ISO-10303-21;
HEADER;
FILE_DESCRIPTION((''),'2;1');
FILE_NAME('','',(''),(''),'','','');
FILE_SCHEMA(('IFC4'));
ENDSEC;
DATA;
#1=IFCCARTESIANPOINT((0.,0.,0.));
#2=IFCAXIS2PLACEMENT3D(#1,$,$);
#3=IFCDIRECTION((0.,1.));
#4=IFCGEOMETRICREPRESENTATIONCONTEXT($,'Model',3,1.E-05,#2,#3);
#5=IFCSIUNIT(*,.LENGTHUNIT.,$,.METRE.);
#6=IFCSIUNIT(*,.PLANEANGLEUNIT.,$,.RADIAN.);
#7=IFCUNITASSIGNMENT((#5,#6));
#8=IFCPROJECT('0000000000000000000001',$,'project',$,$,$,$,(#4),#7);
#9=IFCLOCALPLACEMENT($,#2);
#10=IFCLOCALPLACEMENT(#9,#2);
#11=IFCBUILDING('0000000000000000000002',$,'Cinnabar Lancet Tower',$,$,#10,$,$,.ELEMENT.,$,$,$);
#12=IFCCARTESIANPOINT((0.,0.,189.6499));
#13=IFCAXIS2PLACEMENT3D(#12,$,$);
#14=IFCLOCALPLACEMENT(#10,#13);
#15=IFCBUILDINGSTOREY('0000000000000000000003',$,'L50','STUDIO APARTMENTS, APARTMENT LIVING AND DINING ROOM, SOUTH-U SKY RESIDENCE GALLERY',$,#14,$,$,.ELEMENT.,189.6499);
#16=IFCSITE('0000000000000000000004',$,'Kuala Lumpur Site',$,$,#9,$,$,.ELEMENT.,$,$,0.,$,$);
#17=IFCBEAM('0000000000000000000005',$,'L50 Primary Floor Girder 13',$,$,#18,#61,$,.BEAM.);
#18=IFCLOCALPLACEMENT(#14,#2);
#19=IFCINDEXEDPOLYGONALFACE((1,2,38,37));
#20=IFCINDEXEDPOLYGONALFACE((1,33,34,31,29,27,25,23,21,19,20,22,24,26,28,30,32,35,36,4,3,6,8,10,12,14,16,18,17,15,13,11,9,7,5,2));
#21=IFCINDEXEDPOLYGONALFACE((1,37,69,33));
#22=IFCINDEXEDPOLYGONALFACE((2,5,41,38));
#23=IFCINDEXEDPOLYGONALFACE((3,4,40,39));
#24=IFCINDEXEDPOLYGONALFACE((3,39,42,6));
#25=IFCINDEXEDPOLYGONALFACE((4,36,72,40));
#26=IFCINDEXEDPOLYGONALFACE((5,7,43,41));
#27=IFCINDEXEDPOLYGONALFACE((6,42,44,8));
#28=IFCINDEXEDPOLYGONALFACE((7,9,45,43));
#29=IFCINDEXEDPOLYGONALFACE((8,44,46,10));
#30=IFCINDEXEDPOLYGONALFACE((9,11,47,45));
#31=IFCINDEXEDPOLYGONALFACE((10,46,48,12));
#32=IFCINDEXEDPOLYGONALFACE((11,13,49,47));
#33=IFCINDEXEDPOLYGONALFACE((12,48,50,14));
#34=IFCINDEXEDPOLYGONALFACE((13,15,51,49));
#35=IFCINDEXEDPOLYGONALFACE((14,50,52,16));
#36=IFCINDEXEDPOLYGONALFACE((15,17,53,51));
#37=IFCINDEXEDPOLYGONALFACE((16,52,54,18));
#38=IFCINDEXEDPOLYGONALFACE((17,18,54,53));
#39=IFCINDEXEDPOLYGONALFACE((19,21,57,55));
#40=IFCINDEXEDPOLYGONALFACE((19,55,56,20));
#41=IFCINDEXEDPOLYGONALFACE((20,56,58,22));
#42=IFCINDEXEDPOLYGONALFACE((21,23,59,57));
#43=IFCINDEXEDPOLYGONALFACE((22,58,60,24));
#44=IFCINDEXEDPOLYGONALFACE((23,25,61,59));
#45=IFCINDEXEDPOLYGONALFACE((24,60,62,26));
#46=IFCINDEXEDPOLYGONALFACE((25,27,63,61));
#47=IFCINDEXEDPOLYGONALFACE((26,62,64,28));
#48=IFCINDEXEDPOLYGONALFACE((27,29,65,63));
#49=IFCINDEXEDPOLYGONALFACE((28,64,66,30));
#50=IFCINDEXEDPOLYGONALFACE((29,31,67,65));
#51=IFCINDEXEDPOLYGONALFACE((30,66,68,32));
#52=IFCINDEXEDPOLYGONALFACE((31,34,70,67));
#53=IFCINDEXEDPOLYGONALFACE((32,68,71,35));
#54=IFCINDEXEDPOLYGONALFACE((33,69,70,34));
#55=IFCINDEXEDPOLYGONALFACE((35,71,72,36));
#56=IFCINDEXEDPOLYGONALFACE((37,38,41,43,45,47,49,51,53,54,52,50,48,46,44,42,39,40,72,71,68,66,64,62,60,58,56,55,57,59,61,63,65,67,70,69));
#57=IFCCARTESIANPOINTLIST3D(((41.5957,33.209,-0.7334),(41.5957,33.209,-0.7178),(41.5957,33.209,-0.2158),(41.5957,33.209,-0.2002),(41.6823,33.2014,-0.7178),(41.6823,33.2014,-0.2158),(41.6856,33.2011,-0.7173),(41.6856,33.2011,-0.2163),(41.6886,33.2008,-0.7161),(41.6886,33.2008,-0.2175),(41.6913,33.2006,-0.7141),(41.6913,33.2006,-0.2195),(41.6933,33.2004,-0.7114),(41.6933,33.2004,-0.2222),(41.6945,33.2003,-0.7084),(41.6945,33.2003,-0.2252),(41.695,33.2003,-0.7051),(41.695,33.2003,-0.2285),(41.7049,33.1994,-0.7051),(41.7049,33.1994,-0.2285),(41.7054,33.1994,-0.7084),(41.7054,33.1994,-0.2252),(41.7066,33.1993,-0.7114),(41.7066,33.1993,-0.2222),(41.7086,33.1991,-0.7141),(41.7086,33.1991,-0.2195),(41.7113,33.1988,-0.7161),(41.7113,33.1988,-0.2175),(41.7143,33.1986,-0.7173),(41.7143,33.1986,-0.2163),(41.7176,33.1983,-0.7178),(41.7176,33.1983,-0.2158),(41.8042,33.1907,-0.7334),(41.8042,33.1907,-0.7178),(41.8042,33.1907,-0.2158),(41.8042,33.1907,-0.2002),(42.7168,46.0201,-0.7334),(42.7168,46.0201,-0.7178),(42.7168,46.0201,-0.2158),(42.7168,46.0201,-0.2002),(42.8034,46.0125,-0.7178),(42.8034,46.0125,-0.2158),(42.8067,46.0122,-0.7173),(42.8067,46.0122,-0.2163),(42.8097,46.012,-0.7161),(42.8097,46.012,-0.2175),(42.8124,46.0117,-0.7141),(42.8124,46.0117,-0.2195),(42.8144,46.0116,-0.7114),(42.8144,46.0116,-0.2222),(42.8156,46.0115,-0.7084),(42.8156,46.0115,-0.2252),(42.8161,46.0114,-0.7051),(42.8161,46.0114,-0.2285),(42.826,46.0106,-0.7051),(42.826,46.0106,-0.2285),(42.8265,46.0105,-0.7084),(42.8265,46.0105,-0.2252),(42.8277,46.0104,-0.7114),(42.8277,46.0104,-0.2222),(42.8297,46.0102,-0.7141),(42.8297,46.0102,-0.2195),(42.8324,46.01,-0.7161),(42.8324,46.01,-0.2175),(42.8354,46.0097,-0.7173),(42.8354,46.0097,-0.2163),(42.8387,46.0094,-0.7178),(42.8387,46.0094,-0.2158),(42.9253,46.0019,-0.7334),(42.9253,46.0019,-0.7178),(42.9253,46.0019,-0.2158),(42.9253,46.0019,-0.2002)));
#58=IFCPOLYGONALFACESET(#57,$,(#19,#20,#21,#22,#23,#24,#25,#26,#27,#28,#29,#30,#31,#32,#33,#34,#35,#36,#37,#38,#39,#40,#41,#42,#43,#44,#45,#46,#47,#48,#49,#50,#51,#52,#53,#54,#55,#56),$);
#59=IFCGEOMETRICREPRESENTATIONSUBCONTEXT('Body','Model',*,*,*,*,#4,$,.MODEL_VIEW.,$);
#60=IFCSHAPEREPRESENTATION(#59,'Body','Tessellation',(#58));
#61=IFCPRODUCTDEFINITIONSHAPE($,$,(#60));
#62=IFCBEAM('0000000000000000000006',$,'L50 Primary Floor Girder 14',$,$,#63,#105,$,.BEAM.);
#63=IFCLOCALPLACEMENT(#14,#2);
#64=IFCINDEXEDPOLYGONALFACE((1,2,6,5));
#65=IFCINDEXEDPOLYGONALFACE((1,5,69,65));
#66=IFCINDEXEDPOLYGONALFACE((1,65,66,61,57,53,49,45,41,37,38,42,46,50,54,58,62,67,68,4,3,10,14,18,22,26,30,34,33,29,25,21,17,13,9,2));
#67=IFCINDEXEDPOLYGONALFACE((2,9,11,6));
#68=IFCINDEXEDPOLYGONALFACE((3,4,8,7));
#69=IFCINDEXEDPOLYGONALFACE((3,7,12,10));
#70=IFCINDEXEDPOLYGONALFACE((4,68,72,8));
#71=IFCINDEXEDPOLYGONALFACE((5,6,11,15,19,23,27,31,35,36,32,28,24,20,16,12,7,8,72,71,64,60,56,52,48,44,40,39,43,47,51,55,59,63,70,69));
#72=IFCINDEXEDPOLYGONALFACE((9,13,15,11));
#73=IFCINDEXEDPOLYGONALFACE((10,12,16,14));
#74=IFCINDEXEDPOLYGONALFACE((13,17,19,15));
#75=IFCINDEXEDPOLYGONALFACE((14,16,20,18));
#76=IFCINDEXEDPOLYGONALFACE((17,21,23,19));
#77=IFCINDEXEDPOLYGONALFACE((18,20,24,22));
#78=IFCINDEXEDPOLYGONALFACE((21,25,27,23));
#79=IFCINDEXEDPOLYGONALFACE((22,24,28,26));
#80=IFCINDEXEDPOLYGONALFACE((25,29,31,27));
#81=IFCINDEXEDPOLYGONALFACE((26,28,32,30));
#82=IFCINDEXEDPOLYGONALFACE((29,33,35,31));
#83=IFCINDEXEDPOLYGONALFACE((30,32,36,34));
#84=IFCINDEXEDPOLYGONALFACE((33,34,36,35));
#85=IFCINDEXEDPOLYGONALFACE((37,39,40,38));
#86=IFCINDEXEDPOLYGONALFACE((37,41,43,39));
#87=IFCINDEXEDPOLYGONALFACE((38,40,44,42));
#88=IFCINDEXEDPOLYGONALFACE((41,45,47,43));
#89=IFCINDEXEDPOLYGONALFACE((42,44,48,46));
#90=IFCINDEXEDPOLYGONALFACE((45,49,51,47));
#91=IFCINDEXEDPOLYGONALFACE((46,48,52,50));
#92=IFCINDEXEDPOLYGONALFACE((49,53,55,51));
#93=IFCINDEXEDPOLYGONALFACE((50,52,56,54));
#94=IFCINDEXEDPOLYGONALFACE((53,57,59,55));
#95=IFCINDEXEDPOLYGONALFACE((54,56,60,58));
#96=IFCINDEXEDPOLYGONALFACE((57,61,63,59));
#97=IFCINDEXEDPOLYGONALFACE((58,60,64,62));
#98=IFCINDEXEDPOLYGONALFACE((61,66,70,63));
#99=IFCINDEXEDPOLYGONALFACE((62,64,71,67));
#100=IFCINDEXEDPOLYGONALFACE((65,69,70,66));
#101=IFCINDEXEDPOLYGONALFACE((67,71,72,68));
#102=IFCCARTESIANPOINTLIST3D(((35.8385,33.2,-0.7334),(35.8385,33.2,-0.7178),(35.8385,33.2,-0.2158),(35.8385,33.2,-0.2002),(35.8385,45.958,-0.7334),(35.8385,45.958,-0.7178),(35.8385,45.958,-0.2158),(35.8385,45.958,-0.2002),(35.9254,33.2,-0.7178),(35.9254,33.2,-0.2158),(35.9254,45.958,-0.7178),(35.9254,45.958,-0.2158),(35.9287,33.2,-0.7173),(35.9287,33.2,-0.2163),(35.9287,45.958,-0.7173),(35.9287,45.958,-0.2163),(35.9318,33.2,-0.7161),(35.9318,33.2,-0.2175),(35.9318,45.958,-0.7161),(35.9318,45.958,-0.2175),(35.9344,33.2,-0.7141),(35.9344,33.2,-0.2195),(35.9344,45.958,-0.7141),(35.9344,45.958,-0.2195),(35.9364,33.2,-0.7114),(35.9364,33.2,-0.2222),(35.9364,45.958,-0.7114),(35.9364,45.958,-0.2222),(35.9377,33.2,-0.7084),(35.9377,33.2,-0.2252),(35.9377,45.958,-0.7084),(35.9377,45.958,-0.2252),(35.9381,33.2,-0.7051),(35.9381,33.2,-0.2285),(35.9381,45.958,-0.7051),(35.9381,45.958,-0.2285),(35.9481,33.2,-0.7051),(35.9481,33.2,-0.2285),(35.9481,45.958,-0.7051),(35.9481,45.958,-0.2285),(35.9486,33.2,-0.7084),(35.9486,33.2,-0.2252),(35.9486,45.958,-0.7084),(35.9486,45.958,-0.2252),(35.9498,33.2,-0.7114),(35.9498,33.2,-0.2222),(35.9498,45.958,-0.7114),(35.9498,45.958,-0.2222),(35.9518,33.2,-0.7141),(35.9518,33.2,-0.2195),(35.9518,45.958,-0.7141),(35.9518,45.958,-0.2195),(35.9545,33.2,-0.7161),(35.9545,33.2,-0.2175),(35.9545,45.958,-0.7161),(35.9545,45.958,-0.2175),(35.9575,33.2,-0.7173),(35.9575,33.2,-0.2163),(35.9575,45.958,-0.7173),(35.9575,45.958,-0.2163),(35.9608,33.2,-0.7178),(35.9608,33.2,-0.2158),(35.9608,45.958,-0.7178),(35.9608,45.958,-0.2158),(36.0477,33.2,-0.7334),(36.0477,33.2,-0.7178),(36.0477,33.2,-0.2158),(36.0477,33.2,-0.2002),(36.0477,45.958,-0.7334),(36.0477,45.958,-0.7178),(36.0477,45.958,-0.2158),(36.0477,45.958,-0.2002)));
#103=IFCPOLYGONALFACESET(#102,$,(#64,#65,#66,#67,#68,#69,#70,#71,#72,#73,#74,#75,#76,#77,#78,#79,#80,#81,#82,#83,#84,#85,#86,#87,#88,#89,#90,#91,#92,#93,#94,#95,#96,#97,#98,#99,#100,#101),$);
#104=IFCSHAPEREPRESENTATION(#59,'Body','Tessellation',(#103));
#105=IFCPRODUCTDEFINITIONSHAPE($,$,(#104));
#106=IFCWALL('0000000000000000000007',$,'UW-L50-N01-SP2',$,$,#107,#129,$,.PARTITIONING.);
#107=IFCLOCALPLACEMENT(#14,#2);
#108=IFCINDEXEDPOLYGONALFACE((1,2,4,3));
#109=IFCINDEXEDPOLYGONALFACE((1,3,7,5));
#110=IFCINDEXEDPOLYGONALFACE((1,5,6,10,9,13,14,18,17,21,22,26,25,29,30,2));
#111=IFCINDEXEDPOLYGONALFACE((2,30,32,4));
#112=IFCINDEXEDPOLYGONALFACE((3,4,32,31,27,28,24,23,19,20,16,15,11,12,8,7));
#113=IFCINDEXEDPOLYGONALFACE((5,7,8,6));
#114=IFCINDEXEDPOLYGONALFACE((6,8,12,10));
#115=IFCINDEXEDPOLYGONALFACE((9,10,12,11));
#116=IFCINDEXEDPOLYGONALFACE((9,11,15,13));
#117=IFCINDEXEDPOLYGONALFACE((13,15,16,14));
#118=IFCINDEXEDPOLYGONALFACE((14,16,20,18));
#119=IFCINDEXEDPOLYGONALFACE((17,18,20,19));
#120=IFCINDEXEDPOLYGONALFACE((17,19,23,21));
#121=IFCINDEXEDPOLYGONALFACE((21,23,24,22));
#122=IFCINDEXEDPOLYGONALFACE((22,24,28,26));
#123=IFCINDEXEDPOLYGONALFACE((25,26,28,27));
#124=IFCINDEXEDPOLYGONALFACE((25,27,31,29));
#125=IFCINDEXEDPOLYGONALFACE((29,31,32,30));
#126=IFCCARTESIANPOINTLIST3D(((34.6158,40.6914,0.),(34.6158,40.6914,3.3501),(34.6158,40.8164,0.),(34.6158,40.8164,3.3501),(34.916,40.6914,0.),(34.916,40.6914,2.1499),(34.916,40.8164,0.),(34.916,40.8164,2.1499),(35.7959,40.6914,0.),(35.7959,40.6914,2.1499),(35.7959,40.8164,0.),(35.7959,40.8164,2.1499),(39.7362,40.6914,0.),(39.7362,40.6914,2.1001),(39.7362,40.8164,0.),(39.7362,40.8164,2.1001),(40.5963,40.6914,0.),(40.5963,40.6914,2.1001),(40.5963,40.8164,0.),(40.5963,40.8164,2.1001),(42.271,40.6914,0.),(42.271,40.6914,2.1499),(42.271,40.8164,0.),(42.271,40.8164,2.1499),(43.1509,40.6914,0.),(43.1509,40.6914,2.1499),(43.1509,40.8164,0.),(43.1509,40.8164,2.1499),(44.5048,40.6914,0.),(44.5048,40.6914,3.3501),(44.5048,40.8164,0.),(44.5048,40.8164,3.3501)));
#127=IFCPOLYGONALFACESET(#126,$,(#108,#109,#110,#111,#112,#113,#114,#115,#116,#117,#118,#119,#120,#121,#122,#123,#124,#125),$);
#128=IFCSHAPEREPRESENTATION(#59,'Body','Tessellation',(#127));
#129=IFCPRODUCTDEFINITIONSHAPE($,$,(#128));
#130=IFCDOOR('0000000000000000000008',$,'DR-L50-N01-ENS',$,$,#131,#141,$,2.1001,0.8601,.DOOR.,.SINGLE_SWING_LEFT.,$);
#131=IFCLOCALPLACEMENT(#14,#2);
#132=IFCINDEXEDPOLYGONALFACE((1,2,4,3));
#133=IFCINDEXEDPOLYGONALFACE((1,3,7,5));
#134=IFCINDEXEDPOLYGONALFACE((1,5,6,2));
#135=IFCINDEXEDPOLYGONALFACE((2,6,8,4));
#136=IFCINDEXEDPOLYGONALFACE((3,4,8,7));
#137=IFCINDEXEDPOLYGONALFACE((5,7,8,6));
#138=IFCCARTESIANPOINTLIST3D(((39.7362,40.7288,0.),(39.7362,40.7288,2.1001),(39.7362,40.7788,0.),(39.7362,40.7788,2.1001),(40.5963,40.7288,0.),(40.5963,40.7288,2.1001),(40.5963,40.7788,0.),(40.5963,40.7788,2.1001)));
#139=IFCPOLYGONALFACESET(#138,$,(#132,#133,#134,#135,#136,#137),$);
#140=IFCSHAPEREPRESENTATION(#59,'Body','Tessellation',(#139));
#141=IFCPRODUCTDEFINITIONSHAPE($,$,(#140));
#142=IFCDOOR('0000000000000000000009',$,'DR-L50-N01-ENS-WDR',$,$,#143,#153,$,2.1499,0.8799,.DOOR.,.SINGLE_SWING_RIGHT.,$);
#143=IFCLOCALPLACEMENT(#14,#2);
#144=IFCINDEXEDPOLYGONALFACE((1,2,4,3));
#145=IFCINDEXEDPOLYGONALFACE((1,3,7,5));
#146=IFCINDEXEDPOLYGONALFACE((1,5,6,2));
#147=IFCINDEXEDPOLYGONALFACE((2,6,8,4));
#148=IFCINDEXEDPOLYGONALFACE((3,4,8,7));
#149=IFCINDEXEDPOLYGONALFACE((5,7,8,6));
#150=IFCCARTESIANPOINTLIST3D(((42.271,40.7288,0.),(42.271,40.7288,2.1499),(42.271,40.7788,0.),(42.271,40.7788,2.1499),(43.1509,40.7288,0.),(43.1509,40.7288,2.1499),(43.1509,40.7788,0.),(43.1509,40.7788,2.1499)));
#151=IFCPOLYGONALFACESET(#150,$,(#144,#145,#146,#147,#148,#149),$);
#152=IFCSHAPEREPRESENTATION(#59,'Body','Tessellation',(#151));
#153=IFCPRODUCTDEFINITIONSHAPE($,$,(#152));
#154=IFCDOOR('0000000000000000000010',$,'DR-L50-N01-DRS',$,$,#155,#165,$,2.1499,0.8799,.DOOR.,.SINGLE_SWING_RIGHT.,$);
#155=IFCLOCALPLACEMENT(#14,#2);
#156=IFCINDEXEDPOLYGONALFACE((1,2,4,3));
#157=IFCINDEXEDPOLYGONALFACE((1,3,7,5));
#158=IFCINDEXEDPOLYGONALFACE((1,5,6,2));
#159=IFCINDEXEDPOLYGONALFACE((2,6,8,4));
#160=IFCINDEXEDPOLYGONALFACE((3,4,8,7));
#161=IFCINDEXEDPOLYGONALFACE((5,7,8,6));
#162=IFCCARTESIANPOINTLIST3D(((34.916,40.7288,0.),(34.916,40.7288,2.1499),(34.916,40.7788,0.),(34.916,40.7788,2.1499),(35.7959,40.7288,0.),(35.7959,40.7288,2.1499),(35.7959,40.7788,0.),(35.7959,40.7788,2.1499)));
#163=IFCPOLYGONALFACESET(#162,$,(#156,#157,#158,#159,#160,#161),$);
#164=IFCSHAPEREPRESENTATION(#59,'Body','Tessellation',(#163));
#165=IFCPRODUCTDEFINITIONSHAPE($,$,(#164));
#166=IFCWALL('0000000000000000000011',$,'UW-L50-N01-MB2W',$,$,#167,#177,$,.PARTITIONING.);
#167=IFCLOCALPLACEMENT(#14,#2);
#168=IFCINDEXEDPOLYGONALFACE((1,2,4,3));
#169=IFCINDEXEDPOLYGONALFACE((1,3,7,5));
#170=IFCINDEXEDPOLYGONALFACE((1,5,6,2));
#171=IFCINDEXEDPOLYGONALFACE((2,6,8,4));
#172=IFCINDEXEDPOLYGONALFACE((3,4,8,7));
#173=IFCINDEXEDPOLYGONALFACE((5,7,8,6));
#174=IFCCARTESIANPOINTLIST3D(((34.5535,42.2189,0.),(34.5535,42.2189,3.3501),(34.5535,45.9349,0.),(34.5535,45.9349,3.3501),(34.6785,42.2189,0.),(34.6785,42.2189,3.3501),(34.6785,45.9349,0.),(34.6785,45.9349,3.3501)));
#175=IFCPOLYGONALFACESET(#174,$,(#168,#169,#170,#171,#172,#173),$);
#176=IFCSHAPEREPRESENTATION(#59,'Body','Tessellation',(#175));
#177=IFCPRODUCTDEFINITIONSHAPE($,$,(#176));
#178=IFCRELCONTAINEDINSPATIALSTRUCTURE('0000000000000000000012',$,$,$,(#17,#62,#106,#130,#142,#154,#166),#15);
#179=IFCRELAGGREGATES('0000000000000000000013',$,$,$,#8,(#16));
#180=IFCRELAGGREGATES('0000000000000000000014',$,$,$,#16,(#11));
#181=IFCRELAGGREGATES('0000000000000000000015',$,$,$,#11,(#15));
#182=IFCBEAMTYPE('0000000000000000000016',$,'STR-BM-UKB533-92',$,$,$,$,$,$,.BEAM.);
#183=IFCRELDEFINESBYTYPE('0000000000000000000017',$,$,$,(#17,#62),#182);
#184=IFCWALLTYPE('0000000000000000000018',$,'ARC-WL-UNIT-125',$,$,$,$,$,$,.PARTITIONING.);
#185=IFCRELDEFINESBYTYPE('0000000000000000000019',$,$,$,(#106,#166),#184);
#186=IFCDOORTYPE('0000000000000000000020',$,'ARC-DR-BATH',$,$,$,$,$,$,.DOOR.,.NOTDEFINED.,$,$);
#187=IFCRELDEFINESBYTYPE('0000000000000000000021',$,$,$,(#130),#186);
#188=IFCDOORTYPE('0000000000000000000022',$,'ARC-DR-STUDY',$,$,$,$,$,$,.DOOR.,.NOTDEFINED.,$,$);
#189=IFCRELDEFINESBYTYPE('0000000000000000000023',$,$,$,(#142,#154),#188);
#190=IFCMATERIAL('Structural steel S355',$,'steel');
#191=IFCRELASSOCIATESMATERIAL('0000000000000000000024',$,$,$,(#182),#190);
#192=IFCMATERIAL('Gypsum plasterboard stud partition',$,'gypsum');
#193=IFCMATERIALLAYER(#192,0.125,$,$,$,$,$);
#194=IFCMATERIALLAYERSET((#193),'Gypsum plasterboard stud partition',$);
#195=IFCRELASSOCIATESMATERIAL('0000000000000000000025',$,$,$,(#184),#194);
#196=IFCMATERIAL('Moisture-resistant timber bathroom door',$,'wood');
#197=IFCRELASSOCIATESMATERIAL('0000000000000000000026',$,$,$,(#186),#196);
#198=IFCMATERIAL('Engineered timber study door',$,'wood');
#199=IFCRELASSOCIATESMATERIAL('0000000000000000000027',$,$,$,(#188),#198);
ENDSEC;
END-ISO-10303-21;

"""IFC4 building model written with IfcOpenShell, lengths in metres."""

from ifc_helpers import new_model, si_unit, direction, frame, frame_2d, origin, origin_2d, place, context, subcontext, project, spatial, rectangle, i_section, extrude, material, layer, layer_set, material_profile, profile_set, type_object, element, fill, save


model = new_model("IFC4")

# Units and contexts
model_context = context("Model", 3, precision=1e-05, world=origin(), true_north=direction((0.0, 1.0)))
body_context = subcontext(model_context, "Body", "Model", "MODEL_VIEW")
ifc_project = project(units=[si_unit("LENGTHUNIT", "METRE"), si_unit("PLANEANGLEUNIT", "RADIAN")], contexts=[model_context])

# Site, building, storey
site_placement = place(None, origin())
site = spatial("IfcSite", under=ifc_project, at=site_placement, Name="Kuala Lumpur Site", CompositionType="ELEMENT", RefElevation=0.0)
building_placement = place(site_placement, origin())
building = spatial("IfcBuilding", under=site, at=building_placement, Name="Cinnabar Lancet Tower", CompositionType="ELEMENT")
storey_placement = place(building_placement, frame((0.0, 0.0, 189.6499)))
storey = spatial("IfcBuildingStorey", under=building, at=storey_placement, Name="L50", Description="STUDIO APARTMENTS, APARTMENT LIVING AND DINING ROOM, SOUTH-U SKY RESIDENCE GALLERY", CompositionType="ELEMENT", Elevation=189.6499)

# Beams
ifc_material_1 = material(Name="Structural steel S355", Category="steel")
ifc_material_profile_1 = material_profile(ifc_material_1, i_section(OverallWidth=0.2092, OverallDepth=0.5332, WebThickness=0.01, FlangeThickness=0.0156, FilletRadius=0.0127, at=origin_2d()), Name="UKB 533x210x92")
ifc_profile_set_1 = profile_set([ifc_material_profile_1], Name="Structural steel S355")
beam_type_1 = type_object("IfcBeamType", Name="STR-BM-UKB533-92", PredefinedType="BEAM", material=ifc_profile_set_1)
beam_1_placement = place(storey_placement, frame((42.821, 46.011, -0.4668), z_axis=(-0.087177, -0.996193, 0.0), x_axis=(0.996193, -0.087177, 0.0)))
element("IfcBeam", 1, at=beam_1_placement, inside=storey, type_object=beam_type_1, Name="L50 Primary Floor Girder 13", PredefinedType="BEAM", context=body_context, shape_type="SweptSolid", body=[
    extrude(i_section(OverallWidth=0.2092, OverallDepth=0.5332, WebThickness=0.01, FlangeThickness=0.0156, FilletRadius=0.0127, at=origin_2d()), origin(), (0.0, 0.0, 1.0), 12.8601),
])
beam_2_placement = place(storey_placement, frame((35.9431, 45.958, -0.4668), z_axis=(0.0, -1.0, 0.0), x_axis=(1.0, 0.0, 0.0)))
element("IfcBeam", 2, at=beam_2_placement, inside=storey, type_object=beam_type_1, Name="L50 Primary Floor Girder 14", PredefinedType="BEAM", context=body_context, shape_type="SweptSolid", body=[
    extrude(i_section(OverallWidth=0.2092, OverallDepth=0.5332, WebThickness=0.01, FlangeThickness=0.0156, FilletRadius=0.0127, at=origin_2d()), origin(), (0.0, 0.0, 1.0), 12.7581),
])

# Wall, openings, doors
ifc_material_2 = material(Name="Gypsum plasterboard stud partition", Category="gypsum")
ifc_layer_1 = layer(ifc_material_2, 0.125)
ifc_layer_set_1 = layer_set([ifc_layer_1], Name="Gypsum plasterboard stud partition")
wall_type_1 = type_object("IfcWallType", Name="ARC-WL-UNIT-125", PredefinedType="PARTITIONING", material=ifc_layer_set_1)
wall_1_placement = place(storey_placement, frame((34.616, 40.7539, 0.0), z_axis=(0.0, 0.0, 1.0), x_axis=(1.0, 0.0, 0.0)))
wall_1 = element("IfcWall", 3, at=wall_1_placement, inside=storey, type_object=wall_type_1, Name="UW-L50-N01-SP2", PredefinedType="PARTITIONING", context=body_context, shape_type="SweptSolid", body=[
    extrude(rectangle(XDim=9.8889, YDim=0.125, at=frame_2d((4.9443, 0.0))), origin(), (0.0, 0.0, 1.0), 3.3501),
])
opening_1_placement = place(wall_1_placement, frame((5.1201, 0.0, 0.0)))
opening_1 = element("IfcOpeningElement", 4, at=opening_1_placement, cuts=wall_1, PredefinedType="OPENING", context=body_context, shape_type="SweptSolid", body=[
    extrude(rectangle(XDim=0.8601, YDim=2.1001, at=frame_2d((0.4302, 1.05))), frame((0.0, 0.0725, 0.0), z_axis=(0.0, -1.0, 0.0), x_axis=(1.0, 0.0, 0.0)), (0.0, 0.0, 1.0), 0.145),
])
opening_2_placement = place(wall_1_placement, frame((7.655, 0.0, 0.0)))
opening_2 = element("IfcOpeningElement", 5, at=opening_2_placement, cuts=wall_1, PredefinedType="OPENING", context=body_context, shape_type="SweptSolid", body=[
    extrude(rectangle(XDim=0.8799, YDim=2.1499, at=frame_2d((0.4399, 1.075))), frame((0.0, 0.0725, 0.0), z_axis=(0.0, -1.0, 0.0), x_axis=(1.0, 0.0, 0.0)), (0.0, 0.0, 1.0), 0.145),
])
opening_3_placement = place(wall_1_placement, frame((0.3, 0.0, 0.0)))
opening_3 = element("IfcOpeningElement", 6, at=opening_3_placement, cuts=wall_1, PredefinedType="OPENING", context=body_context, shape_type="SweptSolid", body=[
    extrude(rectangle(XDim=0.8799, YDim=2.1499, at=frame_2d((0.4399, 1.075))), frame((0.0, 0.0725, 0.0), z_axis=(0.0, -1.0, 0.0), x_axis=(1.0, 0.0, 0.0)), (0.0, 0.0, 1.0), 0.145),
])
ifc_material_3 = material(Name="Moisture-resistant timber bathroom door", Category="wood")
door_type_1 = type_object("IfcDoorType", Name="ARC-DR-BATH", OperationType="NOTDEFINED", PredefinedType="DOOR", material=ifc_material_3)
door_1_placement = place(opening_1_placement, origin())
door_1 = element("IfcDoor", 7, at=door_1_placement, inside=storey, type_object=door_type_1, Name="DR-L50-N01-ENS", OperationType="SINGLE_SWING_LEFT", OverallHeight=2.1001, OverallWidth=0.8601, PredefinedType="DOOR", context=body_context, shape_type="SweptSolid", body=[
    extrude(rectangle(XDim=0.8601, YDim=2.1001, at=frame_2d((0.4302, 1.05))), frame((0.0, 0.0249, 0.0), z_axis=(0.0, -1.0, 0.0), x_axis=(1.0, 0.0, 0.0)), (0.0, 0.0, 1.0), 0.05),
])
fill(opening_1, door_1)
ifc_material_4 = material(Name="Engineered timber study door", Category="wood")
door_type_2 = type_object("IfcDoorType", Name="ARC-DR-STUDY", OperationType="NOTDEFINED", PredefinedType="DOOR", material=ifc_material_4)
door_2_placement = place(opening_2_placement, origin())
door_2 = element("IfcDoor", 8, at=door_2_placement, inside=storey, type_object=door_type_2, Name="DR-L50-N01-ENS-WDR", OperationType="SINGLE_SWING_RIGHT", OverallHeight=2.1499, OverallWidth=0.8799, PredefinedType="DOOR", context=body_context, shape_type="SweptSolid", body=[
    extrude(rectangle(XDim=0.8799, YDim=2.1499, at=frame_2d((0.4399, 1.075))), frame((0.0, 0.0249, 0.0), z_axis=(0.0, -1.0, 0.0), x_axis=(1.0, 0.0, 0.0)), (0.0, 0.0, 1.0), 0.05),
])
fill(opening_2, door_2)
door_3_placement = place(opening_3_placement, origin())
door_3 = element("IfcDoor", 9, at=door_3_placement, inside=storey, type_object=door_type_2, Name="DR-L50-N01-DRS", OperationType="SINGLE_SWING_RIGHT", OverallHeight=2.1499, OverallWidth=0.8799, PredefinedType="DOOR", context=body_context, shape_type="SweptSolid", body=[
    extrude(rectangle(XDim=0.8799, YDim=2.1499, at=frame_2d((0.4399, 1.075))), frame((0.0, 0.0249, 0.0), z_axis=(0.0, -1.0, 0.0), x_axis=(1.0, 0.0, 0.0)), (0.0, 0.0, 1.0), 0.05),
])
fill(opening_3, door_3)

# Wall
for number, where, z_axis, x_axis, name in (
    (10, (34.616, 42.219, 0.0), (0.0, 0.0, 1.0), (0.0, 1.0, 0.0), "UW-L50-N01-MB2W"),
):
    element("IfcWall", number, at=place(storey_placement, frame(where, z_axis=z_axis, x_axis=x_axis)), inside=storey, type_object=wall_type_1, Name=name, PredefinedType="PARTITIONING", context=body_context, shape_type="SweptSolid", body=[
        extrude(rectangle(XDim=3.7161, YDim=0.125, at=frame_2d((1.8579, 0.0))), origin(), (0.0, 0.0, 1.0), 3.3501),
    ])

save(model, "model.ifc")
